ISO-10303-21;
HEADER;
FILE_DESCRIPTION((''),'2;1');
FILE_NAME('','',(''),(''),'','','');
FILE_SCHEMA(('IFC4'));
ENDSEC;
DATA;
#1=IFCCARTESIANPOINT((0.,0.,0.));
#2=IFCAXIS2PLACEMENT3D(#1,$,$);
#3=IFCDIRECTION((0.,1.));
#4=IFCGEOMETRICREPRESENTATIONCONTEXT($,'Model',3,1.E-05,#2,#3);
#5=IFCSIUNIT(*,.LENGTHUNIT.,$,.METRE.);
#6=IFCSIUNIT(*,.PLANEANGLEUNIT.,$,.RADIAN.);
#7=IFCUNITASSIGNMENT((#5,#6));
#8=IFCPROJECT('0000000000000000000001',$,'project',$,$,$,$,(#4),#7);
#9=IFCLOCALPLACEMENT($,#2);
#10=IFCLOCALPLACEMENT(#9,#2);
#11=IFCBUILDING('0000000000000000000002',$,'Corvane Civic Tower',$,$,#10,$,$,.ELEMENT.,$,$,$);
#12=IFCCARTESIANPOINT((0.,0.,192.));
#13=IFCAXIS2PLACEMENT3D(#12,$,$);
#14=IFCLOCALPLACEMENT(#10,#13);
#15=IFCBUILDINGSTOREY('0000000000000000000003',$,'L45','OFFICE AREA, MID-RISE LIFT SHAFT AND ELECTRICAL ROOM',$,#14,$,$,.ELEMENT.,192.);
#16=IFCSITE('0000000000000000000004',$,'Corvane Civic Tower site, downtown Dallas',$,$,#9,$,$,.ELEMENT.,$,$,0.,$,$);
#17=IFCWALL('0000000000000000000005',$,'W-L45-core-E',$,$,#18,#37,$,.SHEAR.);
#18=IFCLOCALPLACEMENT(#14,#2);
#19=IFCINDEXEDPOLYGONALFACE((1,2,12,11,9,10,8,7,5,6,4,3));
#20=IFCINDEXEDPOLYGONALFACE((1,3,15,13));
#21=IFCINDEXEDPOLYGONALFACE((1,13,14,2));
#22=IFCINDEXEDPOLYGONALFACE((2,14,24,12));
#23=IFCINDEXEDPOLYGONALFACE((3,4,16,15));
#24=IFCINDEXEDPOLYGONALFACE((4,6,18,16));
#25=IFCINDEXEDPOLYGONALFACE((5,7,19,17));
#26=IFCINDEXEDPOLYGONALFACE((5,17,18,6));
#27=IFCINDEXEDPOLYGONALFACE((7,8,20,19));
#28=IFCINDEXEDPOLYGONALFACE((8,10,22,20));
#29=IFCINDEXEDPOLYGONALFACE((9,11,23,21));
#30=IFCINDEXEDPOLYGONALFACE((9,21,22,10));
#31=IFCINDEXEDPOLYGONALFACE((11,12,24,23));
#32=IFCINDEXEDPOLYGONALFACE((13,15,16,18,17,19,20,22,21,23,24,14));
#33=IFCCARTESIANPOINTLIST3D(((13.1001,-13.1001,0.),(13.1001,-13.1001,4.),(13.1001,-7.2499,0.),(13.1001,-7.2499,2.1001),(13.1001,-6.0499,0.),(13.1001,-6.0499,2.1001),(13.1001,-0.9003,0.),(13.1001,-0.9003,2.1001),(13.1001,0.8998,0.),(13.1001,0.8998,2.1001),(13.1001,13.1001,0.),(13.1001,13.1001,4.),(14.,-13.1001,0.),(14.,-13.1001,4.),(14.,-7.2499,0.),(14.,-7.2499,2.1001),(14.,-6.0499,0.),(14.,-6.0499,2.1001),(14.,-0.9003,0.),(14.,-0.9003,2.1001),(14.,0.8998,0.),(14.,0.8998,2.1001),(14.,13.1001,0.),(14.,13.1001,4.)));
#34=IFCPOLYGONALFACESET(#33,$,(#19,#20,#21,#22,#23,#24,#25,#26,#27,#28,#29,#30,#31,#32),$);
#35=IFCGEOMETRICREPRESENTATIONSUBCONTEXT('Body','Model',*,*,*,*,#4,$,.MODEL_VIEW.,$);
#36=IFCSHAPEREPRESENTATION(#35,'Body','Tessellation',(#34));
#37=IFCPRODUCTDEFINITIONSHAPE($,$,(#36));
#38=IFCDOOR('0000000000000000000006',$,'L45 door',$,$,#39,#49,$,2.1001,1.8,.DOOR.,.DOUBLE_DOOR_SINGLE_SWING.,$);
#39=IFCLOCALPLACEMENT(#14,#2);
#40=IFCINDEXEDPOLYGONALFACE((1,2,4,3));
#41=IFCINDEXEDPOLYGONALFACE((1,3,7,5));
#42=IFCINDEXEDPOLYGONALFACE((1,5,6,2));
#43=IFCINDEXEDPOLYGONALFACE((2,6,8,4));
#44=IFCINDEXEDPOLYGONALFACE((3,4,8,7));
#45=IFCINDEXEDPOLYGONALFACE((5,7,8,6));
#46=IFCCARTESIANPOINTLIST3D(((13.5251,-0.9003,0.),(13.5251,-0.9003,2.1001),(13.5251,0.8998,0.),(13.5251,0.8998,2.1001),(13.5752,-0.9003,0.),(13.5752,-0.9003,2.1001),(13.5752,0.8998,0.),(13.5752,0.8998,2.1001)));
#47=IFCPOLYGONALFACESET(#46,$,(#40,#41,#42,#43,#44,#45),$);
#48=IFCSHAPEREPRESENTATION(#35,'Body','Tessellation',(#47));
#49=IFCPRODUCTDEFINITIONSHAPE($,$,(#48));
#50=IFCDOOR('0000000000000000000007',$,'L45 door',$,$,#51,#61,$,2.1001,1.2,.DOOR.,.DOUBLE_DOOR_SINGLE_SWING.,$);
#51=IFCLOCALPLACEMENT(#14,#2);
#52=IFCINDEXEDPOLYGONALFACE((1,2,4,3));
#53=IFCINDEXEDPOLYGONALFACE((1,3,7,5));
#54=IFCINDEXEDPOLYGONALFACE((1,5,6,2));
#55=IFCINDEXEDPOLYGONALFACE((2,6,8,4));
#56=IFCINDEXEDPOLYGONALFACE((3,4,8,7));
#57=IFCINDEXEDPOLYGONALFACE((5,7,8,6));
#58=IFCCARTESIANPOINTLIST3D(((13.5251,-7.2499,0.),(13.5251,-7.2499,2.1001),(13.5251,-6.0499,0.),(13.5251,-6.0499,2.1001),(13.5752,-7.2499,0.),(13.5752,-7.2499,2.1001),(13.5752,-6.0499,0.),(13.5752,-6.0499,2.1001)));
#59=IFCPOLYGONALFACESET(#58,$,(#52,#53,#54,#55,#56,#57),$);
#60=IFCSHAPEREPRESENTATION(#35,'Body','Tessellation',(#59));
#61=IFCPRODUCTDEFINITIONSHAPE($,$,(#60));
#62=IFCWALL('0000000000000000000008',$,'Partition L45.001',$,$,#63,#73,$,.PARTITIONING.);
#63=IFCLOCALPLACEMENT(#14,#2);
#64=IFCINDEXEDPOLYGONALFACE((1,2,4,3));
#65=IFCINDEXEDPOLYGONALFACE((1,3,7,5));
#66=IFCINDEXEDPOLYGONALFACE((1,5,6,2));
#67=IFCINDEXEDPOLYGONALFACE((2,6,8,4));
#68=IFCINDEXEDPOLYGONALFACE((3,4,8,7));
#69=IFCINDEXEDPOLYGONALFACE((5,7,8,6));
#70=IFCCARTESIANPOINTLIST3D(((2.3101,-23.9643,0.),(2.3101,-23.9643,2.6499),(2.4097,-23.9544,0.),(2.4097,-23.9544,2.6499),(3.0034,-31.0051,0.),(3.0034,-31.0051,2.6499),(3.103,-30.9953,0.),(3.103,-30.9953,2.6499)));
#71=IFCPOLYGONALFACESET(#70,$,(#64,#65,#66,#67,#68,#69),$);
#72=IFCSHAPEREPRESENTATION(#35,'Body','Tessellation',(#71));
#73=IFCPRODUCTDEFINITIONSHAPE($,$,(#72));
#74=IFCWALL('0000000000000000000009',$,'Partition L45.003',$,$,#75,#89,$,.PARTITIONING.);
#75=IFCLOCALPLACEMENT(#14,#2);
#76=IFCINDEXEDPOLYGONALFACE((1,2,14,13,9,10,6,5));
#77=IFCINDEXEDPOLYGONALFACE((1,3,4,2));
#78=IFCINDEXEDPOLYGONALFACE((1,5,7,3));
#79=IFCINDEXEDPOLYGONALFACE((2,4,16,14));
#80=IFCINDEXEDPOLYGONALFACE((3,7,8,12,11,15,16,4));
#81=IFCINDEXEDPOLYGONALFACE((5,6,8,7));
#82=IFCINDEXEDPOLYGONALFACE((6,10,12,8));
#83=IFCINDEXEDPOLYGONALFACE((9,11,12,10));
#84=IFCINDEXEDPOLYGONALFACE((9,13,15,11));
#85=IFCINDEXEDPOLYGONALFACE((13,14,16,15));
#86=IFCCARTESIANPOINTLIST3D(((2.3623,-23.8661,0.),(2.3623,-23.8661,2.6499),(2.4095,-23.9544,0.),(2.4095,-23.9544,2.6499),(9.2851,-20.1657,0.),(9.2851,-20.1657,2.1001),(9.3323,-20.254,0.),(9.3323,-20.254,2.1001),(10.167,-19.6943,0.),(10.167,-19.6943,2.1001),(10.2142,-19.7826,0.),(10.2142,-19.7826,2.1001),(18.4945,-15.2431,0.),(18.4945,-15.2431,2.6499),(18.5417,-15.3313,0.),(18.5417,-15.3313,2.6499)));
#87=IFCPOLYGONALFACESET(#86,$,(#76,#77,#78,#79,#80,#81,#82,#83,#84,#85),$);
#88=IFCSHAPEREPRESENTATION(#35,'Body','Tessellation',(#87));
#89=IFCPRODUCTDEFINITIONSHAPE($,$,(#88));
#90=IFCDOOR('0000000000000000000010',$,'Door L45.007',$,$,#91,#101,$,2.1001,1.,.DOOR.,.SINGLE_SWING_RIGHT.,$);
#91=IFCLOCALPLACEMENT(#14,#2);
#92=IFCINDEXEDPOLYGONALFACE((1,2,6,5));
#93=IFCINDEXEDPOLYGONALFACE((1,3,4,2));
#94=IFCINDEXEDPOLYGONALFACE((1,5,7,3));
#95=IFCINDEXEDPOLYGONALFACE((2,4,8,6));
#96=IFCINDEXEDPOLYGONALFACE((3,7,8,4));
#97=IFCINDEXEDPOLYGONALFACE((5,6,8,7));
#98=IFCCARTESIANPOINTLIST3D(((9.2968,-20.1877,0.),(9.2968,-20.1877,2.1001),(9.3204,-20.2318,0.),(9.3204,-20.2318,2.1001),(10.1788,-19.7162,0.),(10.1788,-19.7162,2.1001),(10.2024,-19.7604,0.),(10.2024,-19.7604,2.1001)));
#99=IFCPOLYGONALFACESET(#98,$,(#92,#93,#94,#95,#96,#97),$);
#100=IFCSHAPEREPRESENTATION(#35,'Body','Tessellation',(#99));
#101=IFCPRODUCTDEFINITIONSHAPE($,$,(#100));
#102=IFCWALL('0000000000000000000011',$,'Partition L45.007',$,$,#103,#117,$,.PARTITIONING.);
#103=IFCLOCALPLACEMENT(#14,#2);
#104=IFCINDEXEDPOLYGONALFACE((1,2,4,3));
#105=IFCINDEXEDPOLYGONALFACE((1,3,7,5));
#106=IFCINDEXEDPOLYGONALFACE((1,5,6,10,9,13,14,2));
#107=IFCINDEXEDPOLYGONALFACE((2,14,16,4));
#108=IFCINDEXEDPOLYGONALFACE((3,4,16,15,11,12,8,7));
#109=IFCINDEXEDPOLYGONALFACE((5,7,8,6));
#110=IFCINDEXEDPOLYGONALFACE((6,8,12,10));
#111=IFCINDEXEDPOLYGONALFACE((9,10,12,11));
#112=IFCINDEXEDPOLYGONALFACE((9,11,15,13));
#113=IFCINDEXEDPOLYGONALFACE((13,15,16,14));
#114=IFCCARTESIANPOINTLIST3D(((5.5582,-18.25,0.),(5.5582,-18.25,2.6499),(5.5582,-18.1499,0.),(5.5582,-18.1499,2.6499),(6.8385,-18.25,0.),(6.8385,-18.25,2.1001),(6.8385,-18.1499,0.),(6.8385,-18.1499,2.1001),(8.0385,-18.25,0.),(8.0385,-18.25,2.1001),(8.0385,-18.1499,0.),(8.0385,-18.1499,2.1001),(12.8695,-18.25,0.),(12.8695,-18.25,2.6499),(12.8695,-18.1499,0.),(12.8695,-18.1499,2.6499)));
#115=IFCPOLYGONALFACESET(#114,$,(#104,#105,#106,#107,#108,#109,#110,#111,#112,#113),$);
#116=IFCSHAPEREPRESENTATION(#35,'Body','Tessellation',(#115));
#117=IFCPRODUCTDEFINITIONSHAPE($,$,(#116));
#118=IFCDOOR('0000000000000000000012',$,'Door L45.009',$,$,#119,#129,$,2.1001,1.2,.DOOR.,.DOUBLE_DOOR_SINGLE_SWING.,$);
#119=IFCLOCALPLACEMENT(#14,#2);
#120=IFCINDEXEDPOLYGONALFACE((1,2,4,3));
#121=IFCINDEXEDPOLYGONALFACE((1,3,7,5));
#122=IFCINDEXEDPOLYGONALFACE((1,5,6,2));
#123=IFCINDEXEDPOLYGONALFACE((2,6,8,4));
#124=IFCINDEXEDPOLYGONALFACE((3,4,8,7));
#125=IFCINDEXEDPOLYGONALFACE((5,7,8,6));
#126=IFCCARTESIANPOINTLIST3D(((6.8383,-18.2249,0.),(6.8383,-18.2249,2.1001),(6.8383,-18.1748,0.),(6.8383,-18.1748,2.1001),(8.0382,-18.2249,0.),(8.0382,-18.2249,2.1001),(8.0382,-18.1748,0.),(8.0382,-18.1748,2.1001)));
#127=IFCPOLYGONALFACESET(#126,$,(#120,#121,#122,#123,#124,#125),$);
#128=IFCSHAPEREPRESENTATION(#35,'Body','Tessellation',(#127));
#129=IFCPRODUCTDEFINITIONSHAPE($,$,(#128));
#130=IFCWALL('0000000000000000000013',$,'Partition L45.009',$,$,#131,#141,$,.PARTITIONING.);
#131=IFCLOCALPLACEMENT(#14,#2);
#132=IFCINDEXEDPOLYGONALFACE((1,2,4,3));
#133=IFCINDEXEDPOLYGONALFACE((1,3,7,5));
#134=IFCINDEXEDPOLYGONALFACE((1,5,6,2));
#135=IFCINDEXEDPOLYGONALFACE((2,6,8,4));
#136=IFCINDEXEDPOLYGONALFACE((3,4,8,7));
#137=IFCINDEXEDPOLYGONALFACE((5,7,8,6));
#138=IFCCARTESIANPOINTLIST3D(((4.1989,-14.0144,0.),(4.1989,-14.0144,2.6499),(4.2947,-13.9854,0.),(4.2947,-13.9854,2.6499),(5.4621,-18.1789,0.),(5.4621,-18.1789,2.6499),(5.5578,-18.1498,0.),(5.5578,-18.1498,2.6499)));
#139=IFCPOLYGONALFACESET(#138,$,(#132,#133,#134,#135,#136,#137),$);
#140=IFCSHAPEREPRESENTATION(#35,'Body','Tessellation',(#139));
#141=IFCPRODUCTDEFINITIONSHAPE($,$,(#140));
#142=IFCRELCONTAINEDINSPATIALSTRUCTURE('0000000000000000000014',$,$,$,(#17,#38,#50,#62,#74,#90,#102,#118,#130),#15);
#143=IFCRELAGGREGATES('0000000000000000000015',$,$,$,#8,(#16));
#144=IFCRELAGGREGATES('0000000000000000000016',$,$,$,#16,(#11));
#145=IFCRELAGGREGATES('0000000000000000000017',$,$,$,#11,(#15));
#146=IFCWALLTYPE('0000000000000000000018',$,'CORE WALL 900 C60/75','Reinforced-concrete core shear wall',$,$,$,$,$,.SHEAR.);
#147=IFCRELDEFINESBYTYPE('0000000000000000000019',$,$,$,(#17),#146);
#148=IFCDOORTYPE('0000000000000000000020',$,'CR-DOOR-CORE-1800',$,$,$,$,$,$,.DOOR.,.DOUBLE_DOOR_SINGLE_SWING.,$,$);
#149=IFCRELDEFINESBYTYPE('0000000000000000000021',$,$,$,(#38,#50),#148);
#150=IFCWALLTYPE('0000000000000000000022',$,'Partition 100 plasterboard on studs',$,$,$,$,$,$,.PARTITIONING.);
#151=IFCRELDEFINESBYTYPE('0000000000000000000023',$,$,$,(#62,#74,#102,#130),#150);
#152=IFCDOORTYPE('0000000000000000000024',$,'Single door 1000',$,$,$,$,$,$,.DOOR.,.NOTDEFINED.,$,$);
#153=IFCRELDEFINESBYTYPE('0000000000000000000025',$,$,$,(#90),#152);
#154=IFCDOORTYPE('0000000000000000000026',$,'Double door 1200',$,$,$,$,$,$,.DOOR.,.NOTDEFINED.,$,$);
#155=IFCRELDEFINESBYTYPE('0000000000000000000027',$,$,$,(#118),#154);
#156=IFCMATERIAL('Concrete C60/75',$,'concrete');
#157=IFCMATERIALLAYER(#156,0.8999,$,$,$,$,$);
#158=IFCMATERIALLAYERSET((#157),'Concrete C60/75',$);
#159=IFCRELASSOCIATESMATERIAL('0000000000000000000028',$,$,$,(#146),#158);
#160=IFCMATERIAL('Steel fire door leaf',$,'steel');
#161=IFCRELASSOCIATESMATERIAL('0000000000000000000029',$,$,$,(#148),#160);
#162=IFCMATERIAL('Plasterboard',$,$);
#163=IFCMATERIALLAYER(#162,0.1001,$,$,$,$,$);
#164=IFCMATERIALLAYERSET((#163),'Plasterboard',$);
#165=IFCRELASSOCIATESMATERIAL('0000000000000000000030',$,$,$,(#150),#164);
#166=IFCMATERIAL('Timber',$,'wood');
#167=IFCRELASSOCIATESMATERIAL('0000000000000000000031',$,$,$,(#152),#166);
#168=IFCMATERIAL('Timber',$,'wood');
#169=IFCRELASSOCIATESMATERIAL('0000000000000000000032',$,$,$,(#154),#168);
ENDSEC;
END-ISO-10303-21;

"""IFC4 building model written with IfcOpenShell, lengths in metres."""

from ifc_helpers import new_model, si_unit, direction, frame, frame_2d, origin, place, context, subcontext, project, spatial, rectangle, extrude, material, layer, layer_set, type_object, element, fill, save


model = new_model("IFC4")

# Units and contexts
model_context = context("Model", 3, precision=1e-05, world=origin(), true_north=direction((0.0, 1.0)))
body_context = subcontext(model_context, "Body", "Model", "MODEL_VIEW")
ifc_project = project(units=[si_unit("LENGTHUNIT", "METRE"), si_unit("PLANEANGLEUNIT", "RADIAN")], contexts=[model_context])

# Site, building, storey
site_placement = place(None, origin())
site = spatial("IfcSite", under=ifc_project, at=site_placement, Name="Corvane Civic Tower site, downtown Dallas", CompositionType="ELEMENT", RefElevation=0.0)
building_placement = place(site_placement, origin())
building = spatial("IfcBuilding", under=site, at=building_placement, Name="Corvane Civic Tower", CompositionType="ELEMENT")
storey_placement = place(building_placement, frame((0.0, 0.0, 192.0)))
storey = spatial("IfcBuildingStorey", under=building, at=storey_placement, Name="L45", Description="OFFICE AREA, MID-RISE LIFT SHAFT AND ELECTRICAL ROOM", CompositionType="ELEMENT", Elevation=192.0)

# Wall, openings, doors
ifc_material_1 = material(Name="Concrete C60/75", Category="concrete")
ifc_layer_1 = layer(ifc_material_1, 0.8999)
ifc_layer_set_1 = layer_set([ifc_layer_1], Name="Concrete C60/75")
wall_type_1 = type_object("IfcWallType", Name="CORE WALL 900 C60/75", Description="Reinforced-concrete core shear wall", PredefinedType="SHEAR", material=ifc_layer_set_1)
wall_1_placement = place(storey_placement, frame((13.55, -13.1001, 0.0), z_axis=(0.0, 0.0, 1.0), x_axis=(0.0, 1.0, 0.0)))
wall_1 = element("IfcWall", 1, at=wall_1_placement, inside=storey, type_object=wall_type_1, Name="W-L45-core-E", PredefinedType="SHEAR", context=body_context, shape_type="SweptSolid", body=[
    extrude(rectangle(XDim=26.2002, YDim=0.8999, at=frame_2d((13.1001, 0.0))), origin(), (0.0, 0.0, 1.0), 4.0),
])
opening_1_placement = place(wall_1_placement, frame((12.2, 0.0, 0.0)))
opening_1 = element("IfcOpeningElement", 2, at=opening_1_placement, cuts=wall_1, PredefinedType="OPENING", context=body_context, shape_type="SweptSolid", body=[
    extrude(rectangle(XDim=1.8, YDim=2.1001, at=frame_2d((0.8999, 1.05))), frame((0.0, 0.46, 0.0), z_axis=(0.0, -1.0, 0.0), x_axis=(1.0, 0.0, 0.0)), (0.0, 0.0, 1.0), 0.9199),
])
opening_2_placement = place(wall_1_placement, frame((5.8501, 0.0, 0.0)))
opening_2 = element("IfcOpeningElement", 3, at=opening_2_placement, cuts=wall_1, PredefinedType="OPENING", context=body_context, shape_type="SweptSolid", body=[
    extrude(rectangle(XDim=1.2, YDim=2.1001, at=frame_2d((0.6001, 1.05))), frame((0.0, 0.46, 0.0), z_axis=(0.0, -1.0, 0.0), x_axis=(1.0, 0.0, 0.0)), (0.0, 0.0, 1.0), 0.9199),
])
ifc_material_2 = material(Name="Steel fire door leaf", Category="steel")
door_type_1 = type_object("IfcDoorType", Name="CR-DOOR-CORE-1800", OperationType="DOUBLE_DOOR_SINGLE_SWING", PredefinedType="DOOR", material=ifc_material_2)
door_1_placement = place(opening_1_placement, origin())
door_1 = element("IfcDoor", 4, at=door_1_placement, inside=storey, type_object=door_type_1, Name="L45 door", OperationType="DOUBLE_DOOR_SINGLE_SWING", OverallHeight=2.1001, OverallWidth=1.8, PredefinedType="DOOR", context=body_context, shape_type="SweptSolid", body=[
    extrude(rectangle(XDim=1.8, YDim=2.1001, at=frame_2d((0.8999, 1.05))), frame((0.0, 0.0249, 0.0), z_axis=(0.0, -1.0, 0.0), x_axis=(1.0, 0.0, 0.0)), (0.0, 0.0, 1.0), 0.05),
])
fill(opening_1, door_1)
door_2_placement = place(opening_2_placement, origin())
door_2 = element("IfcDoor", 5, at=door_2_placement, inside=storey, type_object=door_type_1, Name="L45 door", OperationType="DOUBLE_DOOR_SINGLE_SWING", OverallHeight=2.1001, OverallWidth=1.2, PredefinedType="DOOR", context=body_context, shape_type="SweptSolid", body=[
    extrude(rectangle(XDim=1.2, YDim=2.1001, at=frame_2d((0.6001, 1.05))), frame((0.0, 0.0249, 0.0), z_axis=(0.0, -1.0, 0.0), x_axis=(1.0, 0.0, 0.0)), (0.0, 0.0, 1.0), 0.05),
])
fill(opening_2, door_2)

# Wall
ifc_material_3 = material(Name="Plasterboard")
ifc_layer_2 = layer(ifc_material_3, 0.1001)
ifc_layer_set_2 = layer_set([ifc_layer_2], Name="Plasterboard")
wall_type_2 = type_object("IfcWallType", Name="Partition 100 plasterboard on studs", PredefinedType="PARTITIONING", material=ifc_layer_set_2)
wall_2_placement = place(storey_placement, frame((2.3599, -23.9592, 0.0), z_axis=(0.0, 0.0, 1.0), x_axis=(0.098, -0.995186, 0.0)))
element("IfcWall", 6, at=wall_2_placement, inside=storey, type_object=wall_type_2, Name="Partition L45.001", PredefinedType="PARTITIONING", context=body_context, shape_type="SweptSolid", body=[
    extrude(rectangle(XDim=7.075, YDim=0.1001, at=frame_2d((3.5376, 0.0))), origin(), (0.0, 0.0, 1.0), 2.6499),
])

# Walls, openings, doors
wall_3_placement = place(storey_placement, frame((2.386, -23.9102, 0.0), z_axis=(0.0, 0.0, 1.0), x_axis=(0.881918, 0.471403, 0.0)))
wall_3 = element("IfcWall", 7, at=wall_3_placement, inside=storey, type_object=wall_type_2, Name="Partition L45.003", PredefinedType="PARTITIONING", context=body_context, shape_type="SweptSolid", body=[
    extrude(rectangle(XDim=18.2922, YDim=0.1001, at=frame_2d((9.146, 0.0))), origin(), (0.0, 0.0, 1.0), 2.6499),
])
opening_3_placement = place(wall_3_placement, frame((7.8496, 0.0, 0.0)))
opening_3 = element("IfcOpeningElement", 8, at=opening_3_placement, cuts=wall_3, PredefinedType="OPENING", context=body_context, shape_type="SweptSolid", body=[
    extrude(rectangle(XDim=1.0, YDim=2.1001, at=frame_2d((0.5, 1.05))), frame((0.0, 0.0601, 0.0), z_axis=(0.0, -1.0, 0.0), x_axis=(1.0, 0.0, 0.0)), (0.0, 0.0, 1.0), 0.1201),
])
ifc_material_4 = material(Name="Timber", Category="wood")
door_type_2 = type_object("IfcDoorType", Name="Single door 1000", OperationType="NOTDEFINED", PredefinedType="DOOR", material=ifc_material_4)
door_3_placement = place(opening_3_placement, frame((1.0, 0.0, 0.0), z_axis=(0.0, 0.0, 1.0), x_axis=(-1.0, 0.0, 0.0)))
door_3 = element("IfcDoor", 9, at=door_3_placement, inside=storey, type_object=door_type_2, Name="Door L45.007", OperationType="SINGLE_SWING_RIGHT", OverallHeight=2.1001, OverallWidth=1.0, PredefinedType="DOOR", context=body_context, shape_type="SweptSolid", body=[
    extrude(rectangle(XDim=1.0, YDim=2.1001, at=frame_2d((0.5, 1.05))), frame((0.0, 0.0249, 0.0), z_axis=(0.0, -1.0, 0.0), x_axis=(1.0, 0.0, 0.0)), (0.0, 0.0, 1.0), 0.05),
])
fill(opening_3, door_3)
wall_4_placement = place(storey_placement, frame((5.5581, -18.2, 0.0), z_axis=(0.0, 0.0, 1.0), x_axis=(1.0, 0.0, 0.0)))
wall_4 = element("IfcWall", 10, at=wall_4_placement, inside=storey, type_object=wall_type_2, Name="Partition L45.007", PredefinedType="PARTITIONING", context=body_context, shape_type="SweptSolid", body=[
    extrude(rectangle(XDim=7.3113, YDim=0.1001, at=frame_2d((3.6558, 0.0))), origin(), (0.0, 0.0, 1.0), 2.6499),
])
opening_4_placement = place(wall_4_placement, frame((1.2803, 0.0, 0.0)))
opening_4 = element("IfcOpeningElement", 11, at=opening_4_placement, cuts=wall_4, PredefinedType="OPENING", context=body_context, shape_type="SweptSolid", body=[
    extrude(rectangle(XDim=1.2, YDim=2.1001, at=frame_2d((0.6001, 1.05))), frame((0.0, 0.0601, 0.0), z_axis=(0.0, -1.0, 0.0), x_axis=(1.0, 0.0, 0.0)), (0.0, 0.0, 1.0), 0.1201),
])
ifc_material_5 = material(Name="Timber", Category="wood")
door_type_3 = type_object("IfcDoorType", Name="Double door 1200", OperationType="NOTDEFINED", PredefinedType="DOOR", material=ifc_material_5)
door_4_placement = place(opening_4_placement, frame((1.2, 0.0, 0.0), z_axis=(0.0, 0.0, 1.0), x_axis=(-1.0, 0.0, 0.0)))
door_4 = element("IfcDoor", 12, at=door_4_placement, inside=storey, type_object=door_type_3, Name="Door L45.009", OperationType="DOUBLE_DOOR_SINGLE_SWING", OverallHeight=2.1001, OverallWidth=1.2, PredefinedType="DOOR", context=body_context, shape_type="SweptSolid", body=[
    extrude(rectangle(XDim=1.2, YDim=2.1001, at=frame_2d((0.6001, 1.05))), frame((0.0, 0.0249, 0.0), z_axis=(0.0, -1.0, 0.0), x_axis=(1.0, 0.0, 0.0)), (0.0, 0.0, 1.0), 0.05),
])
fill(opening_4, door_4)

# Wall
wall_5_placement = place(storey_placement, frame((4.2468, -14.0, 0.0), z_axis=(0.0, 0.0, 1.0), x_axis=(0.29026, -0.956948, 0.0)))
element("IfcWall", 13, at=wall_5_placement, inside=storey, type_object=wall_type_2, Name="Partition L45.009", PredefinedType="PARTITIONING", context=body_context, shape_type="SweptSolid", body=[
    extrude(rectangle(XDim=4.3518, YDim=0.1001, at=frame_2d((2.1758, 0.0))), origin(), (0.0, 0.0, 1.0), 2.6499),
])

save(model, "model.ifc")
